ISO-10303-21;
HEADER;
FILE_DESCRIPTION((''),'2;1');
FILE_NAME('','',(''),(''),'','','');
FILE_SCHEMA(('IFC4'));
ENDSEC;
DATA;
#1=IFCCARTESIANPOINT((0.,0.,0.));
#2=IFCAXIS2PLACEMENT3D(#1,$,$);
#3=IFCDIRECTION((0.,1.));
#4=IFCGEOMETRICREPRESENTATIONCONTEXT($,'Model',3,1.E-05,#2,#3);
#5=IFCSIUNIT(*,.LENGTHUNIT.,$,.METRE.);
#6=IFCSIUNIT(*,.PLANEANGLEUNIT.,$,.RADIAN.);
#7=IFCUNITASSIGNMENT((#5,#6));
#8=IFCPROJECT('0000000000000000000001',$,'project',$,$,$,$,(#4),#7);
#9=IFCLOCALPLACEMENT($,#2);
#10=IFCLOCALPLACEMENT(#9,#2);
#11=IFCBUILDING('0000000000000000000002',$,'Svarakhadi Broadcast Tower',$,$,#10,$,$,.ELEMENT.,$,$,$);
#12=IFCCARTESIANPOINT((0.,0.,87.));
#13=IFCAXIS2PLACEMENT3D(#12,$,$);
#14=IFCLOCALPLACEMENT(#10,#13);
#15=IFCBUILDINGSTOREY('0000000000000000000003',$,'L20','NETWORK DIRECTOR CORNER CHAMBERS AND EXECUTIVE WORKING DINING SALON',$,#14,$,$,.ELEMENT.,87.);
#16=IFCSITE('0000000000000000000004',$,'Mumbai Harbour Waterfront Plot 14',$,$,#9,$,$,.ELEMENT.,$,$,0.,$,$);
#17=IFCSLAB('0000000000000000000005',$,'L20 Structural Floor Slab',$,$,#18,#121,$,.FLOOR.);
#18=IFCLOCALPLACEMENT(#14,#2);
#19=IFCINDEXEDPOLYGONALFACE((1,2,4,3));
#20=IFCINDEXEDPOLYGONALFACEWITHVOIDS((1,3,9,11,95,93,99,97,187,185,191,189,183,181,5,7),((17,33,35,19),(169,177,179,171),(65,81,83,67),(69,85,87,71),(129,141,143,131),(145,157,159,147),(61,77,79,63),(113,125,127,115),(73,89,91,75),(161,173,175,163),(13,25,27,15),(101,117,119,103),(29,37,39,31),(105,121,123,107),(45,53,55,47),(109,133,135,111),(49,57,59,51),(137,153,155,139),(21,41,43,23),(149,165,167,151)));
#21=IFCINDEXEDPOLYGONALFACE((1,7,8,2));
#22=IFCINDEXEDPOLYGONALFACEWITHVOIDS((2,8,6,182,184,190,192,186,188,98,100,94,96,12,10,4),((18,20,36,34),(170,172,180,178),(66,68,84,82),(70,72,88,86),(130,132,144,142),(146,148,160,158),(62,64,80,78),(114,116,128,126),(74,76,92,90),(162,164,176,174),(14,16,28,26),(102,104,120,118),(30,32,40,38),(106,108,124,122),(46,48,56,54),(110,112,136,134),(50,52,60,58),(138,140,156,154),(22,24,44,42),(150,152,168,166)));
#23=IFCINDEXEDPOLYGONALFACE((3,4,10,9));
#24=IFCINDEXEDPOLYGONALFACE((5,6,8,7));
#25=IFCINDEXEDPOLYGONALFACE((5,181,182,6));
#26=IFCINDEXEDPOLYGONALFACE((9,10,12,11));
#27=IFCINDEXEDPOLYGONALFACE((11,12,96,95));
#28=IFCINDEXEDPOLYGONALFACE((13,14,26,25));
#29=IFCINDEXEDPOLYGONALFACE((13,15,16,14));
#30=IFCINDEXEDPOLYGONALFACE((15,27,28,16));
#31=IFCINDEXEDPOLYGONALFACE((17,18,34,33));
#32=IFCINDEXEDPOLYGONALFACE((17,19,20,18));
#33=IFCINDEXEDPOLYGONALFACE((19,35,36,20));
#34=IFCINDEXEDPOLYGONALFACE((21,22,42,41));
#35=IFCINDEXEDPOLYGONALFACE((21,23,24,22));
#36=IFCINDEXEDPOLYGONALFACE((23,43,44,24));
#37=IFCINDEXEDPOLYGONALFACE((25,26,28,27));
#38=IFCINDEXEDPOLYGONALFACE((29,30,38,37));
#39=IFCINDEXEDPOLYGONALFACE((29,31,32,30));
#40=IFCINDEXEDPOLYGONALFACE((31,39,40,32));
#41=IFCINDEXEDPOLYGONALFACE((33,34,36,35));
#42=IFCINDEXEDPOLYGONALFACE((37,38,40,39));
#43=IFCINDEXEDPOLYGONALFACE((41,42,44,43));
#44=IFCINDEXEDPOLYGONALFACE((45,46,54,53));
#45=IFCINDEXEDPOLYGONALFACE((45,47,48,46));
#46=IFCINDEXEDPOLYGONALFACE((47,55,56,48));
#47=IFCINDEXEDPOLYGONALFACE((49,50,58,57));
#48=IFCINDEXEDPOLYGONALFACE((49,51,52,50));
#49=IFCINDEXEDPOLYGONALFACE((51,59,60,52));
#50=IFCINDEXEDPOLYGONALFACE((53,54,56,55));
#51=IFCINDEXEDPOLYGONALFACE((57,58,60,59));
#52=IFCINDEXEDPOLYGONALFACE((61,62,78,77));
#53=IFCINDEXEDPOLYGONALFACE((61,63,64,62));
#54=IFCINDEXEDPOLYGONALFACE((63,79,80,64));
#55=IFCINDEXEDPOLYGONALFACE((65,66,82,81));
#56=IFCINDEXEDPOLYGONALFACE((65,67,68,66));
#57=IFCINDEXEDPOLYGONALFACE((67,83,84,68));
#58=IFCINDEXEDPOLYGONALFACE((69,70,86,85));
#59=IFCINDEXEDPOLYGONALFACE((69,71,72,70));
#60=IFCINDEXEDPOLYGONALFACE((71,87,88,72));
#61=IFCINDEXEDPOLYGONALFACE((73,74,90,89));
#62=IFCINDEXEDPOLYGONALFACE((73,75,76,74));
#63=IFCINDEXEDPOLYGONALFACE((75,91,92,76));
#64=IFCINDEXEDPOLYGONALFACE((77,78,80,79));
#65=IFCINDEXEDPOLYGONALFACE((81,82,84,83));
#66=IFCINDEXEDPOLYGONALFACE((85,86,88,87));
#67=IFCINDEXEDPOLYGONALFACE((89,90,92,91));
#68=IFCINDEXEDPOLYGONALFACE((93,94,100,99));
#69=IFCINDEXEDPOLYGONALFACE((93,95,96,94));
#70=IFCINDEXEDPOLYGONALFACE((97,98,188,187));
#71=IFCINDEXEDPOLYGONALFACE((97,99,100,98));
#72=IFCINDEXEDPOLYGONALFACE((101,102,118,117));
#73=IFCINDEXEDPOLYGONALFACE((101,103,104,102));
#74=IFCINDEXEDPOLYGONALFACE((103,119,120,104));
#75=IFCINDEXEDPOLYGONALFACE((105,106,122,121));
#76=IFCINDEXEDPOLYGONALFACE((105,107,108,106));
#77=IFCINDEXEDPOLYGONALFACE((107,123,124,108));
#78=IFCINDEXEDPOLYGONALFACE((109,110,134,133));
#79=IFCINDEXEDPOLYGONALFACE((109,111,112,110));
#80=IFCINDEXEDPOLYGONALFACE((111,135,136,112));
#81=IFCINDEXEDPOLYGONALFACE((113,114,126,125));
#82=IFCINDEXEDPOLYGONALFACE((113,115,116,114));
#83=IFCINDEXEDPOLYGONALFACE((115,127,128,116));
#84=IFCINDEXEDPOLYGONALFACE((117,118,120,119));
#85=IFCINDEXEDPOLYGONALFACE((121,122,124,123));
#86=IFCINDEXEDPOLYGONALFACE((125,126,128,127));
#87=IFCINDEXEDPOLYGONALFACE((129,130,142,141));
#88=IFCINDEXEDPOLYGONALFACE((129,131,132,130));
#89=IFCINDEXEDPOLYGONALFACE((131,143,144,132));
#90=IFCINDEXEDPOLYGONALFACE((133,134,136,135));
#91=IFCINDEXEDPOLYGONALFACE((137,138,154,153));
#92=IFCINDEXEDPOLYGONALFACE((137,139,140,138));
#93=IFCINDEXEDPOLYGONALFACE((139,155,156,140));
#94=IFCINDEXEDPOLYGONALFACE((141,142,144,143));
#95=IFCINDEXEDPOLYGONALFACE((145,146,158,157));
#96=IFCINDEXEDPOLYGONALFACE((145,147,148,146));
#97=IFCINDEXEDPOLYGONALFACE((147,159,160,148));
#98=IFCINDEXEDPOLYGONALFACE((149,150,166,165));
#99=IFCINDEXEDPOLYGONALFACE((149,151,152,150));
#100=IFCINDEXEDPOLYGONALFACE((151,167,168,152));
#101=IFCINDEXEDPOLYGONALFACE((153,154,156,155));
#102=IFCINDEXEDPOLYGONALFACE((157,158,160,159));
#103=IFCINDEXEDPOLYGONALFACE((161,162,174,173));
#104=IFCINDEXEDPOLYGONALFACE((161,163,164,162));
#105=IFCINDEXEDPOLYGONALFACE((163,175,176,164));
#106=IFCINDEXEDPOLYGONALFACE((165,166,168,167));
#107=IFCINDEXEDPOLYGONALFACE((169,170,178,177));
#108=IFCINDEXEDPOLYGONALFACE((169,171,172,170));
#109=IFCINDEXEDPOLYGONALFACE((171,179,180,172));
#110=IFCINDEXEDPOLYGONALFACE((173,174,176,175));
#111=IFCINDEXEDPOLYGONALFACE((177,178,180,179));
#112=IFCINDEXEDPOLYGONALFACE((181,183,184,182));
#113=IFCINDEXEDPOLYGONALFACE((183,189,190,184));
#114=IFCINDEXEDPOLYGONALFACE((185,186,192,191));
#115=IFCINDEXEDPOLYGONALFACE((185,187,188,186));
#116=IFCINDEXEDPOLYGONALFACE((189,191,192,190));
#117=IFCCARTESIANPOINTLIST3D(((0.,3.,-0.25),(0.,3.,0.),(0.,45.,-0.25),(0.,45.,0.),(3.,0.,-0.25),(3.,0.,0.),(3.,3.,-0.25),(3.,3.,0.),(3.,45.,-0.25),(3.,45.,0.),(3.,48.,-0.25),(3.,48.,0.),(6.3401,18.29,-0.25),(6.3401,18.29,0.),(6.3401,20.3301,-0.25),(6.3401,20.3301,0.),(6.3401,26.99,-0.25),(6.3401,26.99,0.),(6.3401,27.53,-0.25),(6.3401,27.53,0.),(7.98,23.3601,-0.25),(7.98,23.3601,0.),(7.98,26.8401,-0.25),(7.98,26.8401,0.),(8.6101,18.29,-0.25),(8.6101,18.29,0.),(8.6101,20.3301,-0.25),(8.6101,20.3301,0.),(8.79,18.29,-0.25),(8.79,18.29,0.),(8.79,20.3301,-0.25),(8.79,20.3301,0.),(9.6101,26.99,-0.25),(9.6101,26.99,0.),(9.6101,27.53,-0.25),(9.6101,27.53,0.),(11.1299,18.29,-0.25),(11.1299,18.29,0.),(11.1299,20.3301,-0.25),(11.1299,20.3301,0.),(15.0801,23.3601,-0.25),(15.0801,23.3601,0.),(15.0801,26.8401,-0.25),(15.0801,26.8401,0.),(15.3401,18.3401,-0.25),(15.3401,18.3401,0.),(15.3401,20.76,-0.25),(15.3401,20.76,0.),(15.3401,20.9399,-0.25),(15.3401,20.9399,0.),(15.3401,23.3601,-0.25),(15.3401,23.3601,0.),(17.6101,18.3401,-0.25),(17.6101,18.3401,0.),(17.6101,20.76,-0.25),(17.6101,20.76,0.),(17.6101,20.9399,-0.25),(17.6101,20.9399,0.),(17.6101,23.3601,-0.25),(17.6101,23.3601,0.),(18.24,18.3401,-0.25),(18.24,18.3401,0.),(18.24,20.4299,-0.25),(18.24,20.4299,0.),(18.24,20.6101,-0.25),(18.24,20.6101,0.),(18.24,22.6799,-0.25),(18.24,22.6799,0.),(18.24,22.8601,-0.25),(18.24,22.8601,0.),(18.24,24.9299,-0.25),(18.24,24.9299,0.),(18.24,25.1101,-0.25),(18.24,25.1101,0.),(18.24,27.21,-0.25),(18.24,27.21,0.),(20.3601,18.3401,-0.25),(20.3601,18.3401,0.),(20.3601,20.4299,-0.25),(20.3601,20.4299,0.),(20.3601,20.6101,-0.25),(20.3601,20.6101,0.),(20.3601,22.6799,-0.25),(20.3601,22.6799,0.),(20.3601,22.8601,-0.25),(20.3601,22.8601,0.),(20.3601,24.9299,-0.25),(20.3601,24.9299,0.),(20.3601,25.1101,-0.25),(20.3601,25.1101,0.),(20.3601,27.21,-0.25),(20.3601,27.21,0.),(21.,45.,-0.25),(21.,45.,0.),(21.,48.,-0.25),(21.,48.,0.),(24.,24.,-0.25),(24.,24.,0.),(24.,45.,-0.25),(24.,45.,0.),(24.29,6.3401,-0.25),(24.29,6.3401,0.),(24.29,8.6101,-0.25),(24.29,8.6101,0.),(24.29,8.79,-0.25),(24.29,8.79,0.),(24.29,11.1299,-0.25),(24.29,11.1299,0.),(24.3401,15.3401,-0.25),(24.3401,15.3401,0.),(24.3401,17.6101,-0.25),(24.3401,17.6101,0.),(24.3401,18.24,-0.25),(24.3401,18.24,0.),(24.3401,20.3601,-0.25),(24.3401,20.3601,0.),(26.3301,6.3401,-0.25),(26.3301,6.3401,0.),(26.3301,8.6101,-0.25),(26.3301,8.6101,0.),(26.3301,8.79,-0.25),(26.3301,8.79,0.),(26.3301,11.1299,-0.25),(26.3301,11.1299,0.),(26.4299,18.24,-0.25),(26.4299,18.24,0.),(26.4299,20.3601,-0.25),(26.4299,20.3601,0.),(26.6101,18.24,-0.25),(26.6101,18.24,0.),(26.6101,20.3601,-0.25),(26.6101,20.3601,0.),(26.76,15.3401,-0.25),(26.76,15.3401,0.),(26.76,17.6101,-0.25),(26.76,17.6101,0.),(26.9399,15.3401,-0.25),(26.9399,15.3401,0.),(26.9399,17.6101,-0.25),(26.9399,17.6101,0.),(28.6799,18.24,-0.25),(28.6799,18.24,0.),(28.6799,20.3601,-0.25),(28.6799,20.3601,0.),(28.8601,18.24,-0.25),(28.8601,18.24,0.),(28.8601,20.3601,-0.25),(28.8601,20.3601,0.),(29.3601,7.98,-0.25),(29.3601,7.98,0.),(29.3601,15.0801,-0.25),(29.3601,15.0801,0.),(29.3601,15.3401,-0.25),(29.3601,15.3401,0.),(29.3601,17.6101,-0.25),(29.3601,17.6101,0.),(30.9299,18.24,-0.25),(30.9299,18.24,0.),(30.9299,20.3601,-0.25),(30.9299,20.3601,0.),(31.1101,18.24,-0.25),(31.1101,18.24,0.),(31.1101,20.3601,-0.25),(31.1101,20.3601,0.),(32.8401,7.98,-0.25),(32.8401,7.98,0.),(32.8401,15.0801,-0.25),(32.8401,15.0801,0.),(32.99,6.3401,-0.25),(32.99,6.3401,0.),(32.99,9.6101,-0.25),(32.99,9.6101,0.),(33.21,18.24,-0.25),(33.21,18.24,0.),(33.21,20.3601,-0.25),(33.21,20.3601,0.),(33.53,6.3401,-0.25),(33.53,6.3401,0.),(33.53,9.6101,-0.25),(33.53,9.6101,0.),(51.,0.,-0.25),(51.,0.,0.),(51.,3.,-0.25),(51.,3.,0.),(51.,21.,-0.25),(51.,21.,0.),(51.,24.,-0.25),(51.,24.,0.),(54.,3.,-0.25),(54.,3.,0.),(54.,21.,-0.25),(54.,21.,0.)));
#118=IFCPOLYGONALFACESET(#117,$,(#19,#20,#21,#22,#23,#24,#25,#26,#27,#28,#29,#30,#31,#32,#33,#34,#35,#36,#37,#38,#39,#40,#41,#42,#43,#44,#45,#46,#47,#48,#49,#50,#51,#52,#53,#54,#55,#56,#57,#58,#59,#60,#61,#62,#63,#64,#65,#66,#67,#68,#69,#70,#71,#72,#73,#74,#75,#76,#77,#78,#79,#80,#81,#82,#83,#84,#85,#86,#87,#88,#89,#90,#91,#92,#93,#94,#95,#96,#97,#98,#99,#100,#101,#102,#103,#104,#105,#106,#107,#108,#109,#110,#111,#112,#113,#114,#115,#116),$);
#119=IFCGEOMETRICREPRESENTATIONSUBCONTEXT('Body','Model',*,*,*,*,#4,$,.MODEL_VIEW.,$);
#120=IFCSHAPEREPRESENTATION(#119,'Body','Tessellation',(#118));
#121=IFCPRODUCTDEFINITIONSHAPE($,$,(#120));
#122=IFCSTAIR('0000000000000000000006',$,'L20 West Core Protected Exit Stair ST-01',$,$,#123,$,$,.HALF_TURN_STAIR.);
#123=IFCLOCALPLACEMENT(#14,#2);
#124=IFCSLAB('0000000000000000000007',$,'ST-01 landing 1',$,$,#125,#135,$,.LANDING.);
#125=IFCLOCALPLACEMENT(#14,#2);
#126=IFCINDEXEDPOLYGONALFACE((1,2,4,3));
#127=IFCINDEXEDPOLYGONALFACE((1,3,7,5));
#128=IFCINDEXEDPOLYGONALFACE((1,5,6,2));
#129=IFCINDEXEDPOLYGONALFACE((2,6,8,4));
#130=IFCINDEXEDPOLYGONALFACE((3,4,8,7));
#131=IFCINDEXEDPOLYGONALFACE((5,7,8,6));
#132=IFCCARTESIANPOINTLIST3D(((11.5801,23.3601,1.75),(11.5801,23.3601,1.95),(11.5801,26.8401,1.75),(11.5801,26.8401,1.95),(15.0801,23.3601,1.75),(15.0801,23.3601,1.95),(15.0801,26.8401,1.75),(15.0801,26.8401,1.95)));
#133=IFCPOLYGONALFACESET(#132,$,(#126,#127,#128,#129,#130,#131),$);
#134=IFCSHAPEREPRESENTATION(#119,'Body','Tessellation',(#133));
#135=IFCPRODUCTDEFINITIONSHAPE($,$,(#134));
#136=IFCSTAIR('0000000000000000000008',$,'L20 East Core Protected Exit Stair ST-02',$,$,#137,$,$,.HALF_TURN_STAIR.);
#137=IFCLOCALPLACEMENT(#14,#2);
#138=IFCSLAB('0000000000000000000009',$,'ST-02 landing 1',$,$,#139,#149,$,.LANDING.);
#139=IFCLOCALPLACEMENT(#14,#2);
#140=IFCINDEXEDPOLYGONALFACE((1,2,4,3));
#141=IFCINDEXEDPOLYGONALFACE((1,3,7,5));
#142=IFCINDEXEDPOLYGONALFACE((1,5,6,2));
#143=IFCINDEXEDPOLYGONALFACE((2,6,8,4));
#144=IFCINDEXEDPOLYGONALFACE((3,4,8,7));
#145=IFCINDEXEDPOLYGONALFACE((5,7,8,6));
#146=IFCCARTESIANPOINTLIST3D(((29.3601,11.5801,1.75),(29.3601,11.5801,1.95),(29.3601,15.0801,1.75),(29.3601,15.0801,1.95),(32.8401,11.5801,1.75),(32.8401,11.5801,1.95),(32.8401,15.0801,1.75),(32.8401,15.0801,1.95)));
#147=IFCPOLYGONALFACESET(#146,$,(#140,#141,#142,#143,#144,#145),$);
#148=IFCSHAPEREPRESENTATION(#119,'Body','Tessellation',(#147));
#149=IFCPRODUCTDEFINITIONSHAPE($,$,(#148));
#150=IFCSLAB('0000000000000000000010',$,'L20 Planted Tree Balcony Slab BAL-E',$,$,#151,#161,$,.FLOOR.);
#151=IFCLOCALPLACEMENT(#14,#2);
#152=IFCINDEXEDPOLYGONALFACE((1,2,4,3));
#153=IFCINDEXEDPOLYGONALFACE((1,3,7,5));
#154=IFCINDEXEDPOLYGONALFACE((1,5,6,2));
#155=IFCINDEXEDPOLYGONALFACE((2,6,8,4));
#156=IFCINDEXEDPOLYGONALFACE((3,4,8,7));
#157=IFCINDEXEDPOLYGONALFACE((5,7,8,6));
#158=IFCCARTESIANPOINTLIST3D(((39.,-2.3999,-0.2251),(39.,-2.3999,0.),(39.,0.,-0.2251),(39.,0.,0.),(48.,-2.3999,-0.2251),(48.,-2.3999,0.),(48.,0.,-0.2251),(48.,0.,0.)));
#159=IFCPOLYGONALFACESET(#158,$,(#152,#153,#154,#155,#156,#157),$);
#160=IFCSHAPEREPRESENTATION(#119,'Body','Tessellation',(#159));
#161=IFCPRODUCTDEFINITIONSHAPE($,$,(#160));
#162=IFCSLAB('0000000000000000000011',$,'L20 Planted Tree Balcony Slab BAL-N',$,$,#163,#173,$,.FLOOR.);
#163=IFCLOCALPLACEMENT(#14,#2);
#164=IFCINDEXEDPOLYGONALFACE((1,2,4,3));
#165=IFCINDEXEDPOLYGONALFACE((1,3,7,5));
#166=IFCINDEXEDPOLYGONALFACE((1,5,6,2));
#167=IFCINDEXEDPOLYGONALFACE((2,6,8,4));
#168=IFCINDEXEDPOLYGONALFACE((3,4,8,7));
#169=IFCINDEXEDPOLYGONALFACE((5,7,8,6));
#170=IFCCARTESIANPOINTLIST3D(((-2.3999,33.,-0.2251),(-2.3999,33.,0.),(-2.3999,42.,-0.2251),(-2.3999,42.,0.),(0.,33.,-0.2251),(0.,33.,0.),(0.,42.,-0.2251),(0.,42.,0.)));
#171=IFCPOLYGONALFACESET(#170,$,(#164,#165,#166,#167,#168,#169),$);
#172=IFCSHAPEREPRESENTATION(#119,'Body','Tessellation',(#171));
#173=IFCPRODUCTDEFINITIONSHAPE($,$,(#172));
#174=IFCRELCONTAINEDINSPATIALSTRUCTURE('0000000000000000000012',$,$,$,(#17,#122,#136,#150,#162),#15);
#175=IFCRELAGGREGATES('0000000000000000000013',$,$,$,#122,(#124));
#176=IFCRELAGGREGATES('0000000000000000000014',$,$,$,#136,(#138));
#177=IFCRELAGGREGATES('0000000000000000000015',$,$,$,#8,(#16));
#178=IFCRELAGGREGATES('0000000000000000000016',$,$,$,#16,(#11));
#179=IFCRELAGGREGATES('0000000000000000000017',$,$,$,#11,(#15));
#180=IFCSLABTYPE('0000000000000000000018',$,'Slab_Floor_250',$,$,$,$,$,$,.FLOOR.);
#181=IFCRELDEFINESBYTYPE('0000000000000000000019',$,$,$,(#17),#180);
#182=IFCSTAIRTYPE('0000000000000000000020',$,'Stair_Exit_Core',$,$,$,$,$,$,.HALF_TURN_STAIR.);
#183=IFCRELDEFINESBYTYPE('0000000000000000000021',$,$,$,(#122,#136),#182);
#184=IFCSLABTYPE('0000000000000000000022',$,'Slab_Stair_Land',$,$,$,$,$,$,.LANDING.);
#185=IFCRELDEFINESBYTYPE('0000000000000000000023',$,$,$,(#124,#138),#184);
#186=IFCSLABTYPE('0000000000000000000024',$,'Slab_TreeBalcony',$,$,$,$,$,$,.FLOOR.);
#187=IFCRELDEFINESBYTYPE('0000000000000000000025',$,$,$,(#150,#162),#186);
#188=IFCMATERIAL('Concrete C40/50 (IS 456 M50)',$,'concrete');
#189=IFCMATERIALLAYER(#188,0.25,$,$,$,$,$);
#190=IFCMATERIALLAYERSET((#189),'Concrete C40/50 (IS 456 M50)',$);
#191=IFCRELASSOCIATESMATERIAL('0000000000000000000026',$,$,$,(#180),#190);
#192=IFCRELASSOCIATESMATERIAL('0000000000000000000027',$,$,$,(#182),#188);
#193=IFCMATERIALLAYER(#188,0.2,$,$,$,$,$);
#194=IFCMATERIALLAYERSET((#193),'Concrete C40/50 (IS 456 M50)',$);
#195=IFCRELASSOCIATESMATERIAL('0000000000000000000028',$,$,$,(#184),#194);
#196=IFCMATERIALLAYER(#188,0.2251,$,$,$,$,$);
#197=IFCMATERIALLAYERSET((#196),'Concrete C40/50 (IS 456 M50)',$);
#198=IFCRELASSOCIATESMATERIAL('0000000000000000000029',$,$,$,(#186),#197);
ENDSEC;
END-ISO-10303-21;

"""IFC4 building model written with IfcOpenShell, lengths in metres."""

from ifc_helpers import new_model, si_unit, direction, frame, origin, place, context, subcontext, project, spatial, polyline, outline, extrude, material, layer, layer_set, type_object, element, aggregate, save


model = new_model("IFC4")

# Units and contexts
model_context = context("Model", 3, precision=1e-05, world=origin(), true_north=direction((0.0, 1.0)))
body_context = subcontext(model_context, "Body", "Model", "MODEL_VIEW")
ifc_project = project(units=[si_unit("LENGTHUNIT", "METRE"), si_unit("PLANEANGLEUNIT", "RADIAN")], contexts=[model_context])

# Site, building, storey
site_placement = place(None, origin())
site = spatial("IfcSite", under=ifc_project, at=site_placement, Name="Mumbai Harbour Waterfront Plot 14", CompositionType="ELEMENT", RefElevation=0.0)
building_placement = place(site_placement, origin())
building = spatial("IfcBuilding", under=site, at=building_placement, Name="Svarakhadi Broadcast Tower", CompositionType="ELEMENT")
storey_placement = place(building_placement, frame((0.0, 0.0, 87.0)))
storey = spatial("IfcBuildingStorey", under=building, at=storey_placement, Name="L20", Description="NETWORK DIRECTOR CORNER CHAMBERS AND EXECUTIVE WORKING DINING SALON", CompositionType="ELEMENT", Elevation=87.0)

# Slab
ifc_material_1 = material(Name="Concrete C40/50 (IS 456 M50)", Category="concrete")
ifc_layer_1 = layer(ifc_material_1, 0.25)
ifc_layer_set_1 = layer_set([ifc_layer_1], Name="Concrete C40/50 (IS 456 M50)")
slab_type_1 = type_object("IfcSlabType", Name="Slab_Floor_250", PredefinedType="FLOOR", material=ifc_layer_set_1)
slab_1_placement = place(storey_placement, frame((0.0, 0.0, -0.25)))
element("IfcSlab", 1, at=slab_1_placement, inside=storey, type_object=slab_type_1, Name="L20 Structural Floor Slab", PredefinedType="FLOOR", context=body_context, shape_type="SweptSolid", body=[
    extrude(outline(polyline([(3.0, 0.0), (51.0, 0.0), (51.0, 3.0), (54.0, 3.0), (54.0, 21.0), (51.0, 21.0), (51.0, 24.0), (24.0, 24.0), (24.0, 45.0), (21.0, 45.0), (21.0, 48.0), (3.0, 48.0), (3.0, 45.0), (0.0, 45.0), (0.0, 3.0), (3.0, 3.0), (3.0, 0.0)]), holes=[polyline([(7.98, 23.3601), (15.0801, 23.3601), (15.0801, 26.8401), (7.98, 26.8401), (7.98, 23.3601)]), polyline([(32.8401, 7.98), (32.8401, 15.0801), (29.3601, 15.0801), (29.3601, 7.98), (32.8401, 7.98)]), polyline([(6.3401, 18.29), (8.6101, 18.29), (8.6101, 20.3301), (6.3401, 20.3301), (6.3401, 18.29)]), polyline([(8.79, 18.29), (11.1299, 18.29), (11.1299, 20.3301), (8.79, 20.3301), (8.79, 18.29)]), polyline([(24.29, 6.3401), (26.3301, 6.3401), (26.3301, 8.6101), (24.29, 8.6101), (24.29, 6.3401)]), polyline([(24.29, 8.79), (26.3301, 8.79), (26.3301, 11.1299), (24.29, 11.1299), (24.29, 8.79)]), polyline([(6.3401, 26.99), (9.6101, 26.99), (9.6101, 27.53), (6.3401, 27.53), (6.3401, 26.99)]), polyline([(32.99, 6.3401), (33.53, 6.3401), (33.53, 9.6101), (32.99, 9.6101), (32.99, 6.3401)]), polyline([(15.3401, 18.3401), (17.6101, 18.3401), (17.6101, 20.76), (15.3401, 20.76), (15.3401, 18.3401)]), polyline([(15.3401, 20.9399), (17.6101, 20.9399), (17.6101, 23.3601), (15.3401, 23.3601), (15.3401, 20.9399)]), polyline([(24.3401, 15.3401), (26.76, 15.3401), (26.76, 17.6101), (24.3401, 17.6101), (24.3401, 15.3401)]), polyline([(26.9399, 15.3401), (29.3601, 15.3401), (29.3601, 17.6101), (26.9399, 17.6101), (26.9399, 15.3401)]), polyline([(18.24, 18.3401), (20.3601, 18.3401), (20.3601, 20.4299), (18.24, 20.4299), (18.24, 18.3401)]), polyline([(18.24, 20.6101), (20.3601, 20.6101), (20.3601, 22.6799), (18.24, 22.6799), (18.24, 20.6101)]), polyline([(18.24, 22.8601), (20.3601, 22.8601), (20.3601, 24.9299), (18.24, 24.9299), (18.24, 22.8601)]), polyline([(18.24, 25.1101), (20.3601, 25.1101), (20.3601, 27.21), (18.24, 27.21), (18.24, 25.1101)]), polyline([(24.3401, 18.24), (26.4299, 18.24), (26.4299, 20.3601), (24.3401, 20.3601), (24.3401, 18.24)]), polyline([(26.6101, 18.24), (28.6799, 18.24), (28.6799, 20.3601), (26.6101, 20.3601), (26.6101, 18.24)]), polyline([(28.8601, 18.24), (30.9299, 18.24), (30.9299, 20.3601), (28.8601, 20.3601), (28.8601, 18.24)]), polyline([(31.1101, 18.24), (33.21, 18.24), (33.21, 20.3601), (31.1101, 20.3601), (31.1101, 18.24)])]), origin(), (0.0, 0.0, 1.0), 0.25),
])

# Stairs, slabs
stair_type = type_object("IfcStairType", Name="Stair_Exit_Core", PredefinedType="HALF_TURN_STAIR", material=ifc_material_1)
stair_1_placement = place(storey_placement, origin())
stair_1 = element("IfcStair", 2, at=stair_1_placement, inside=storey, type_object=stair_type, Name="L20 West Core Protected Exit Stair ST-01", PredefinedType="HALF_TURN_STAIR")
ifc_layer_2 = layer(ifc_material_1, 0.2)
ifc_layer_set_2 = layer_set([ifc_layer_2], Name="Concrete C40/50 (IS 456 M50)")
slab_type_2 = type_object("IfcSlabType", Name="Slab_Stair_Land", PredefinedType="LANDING", material=ifc_layer_set_2)
slab_2_placement = place(storey_placement, frame((0.0, 0.0, 1.75)))
slab_2 = element("IfcSlab", 3, at=slab_2_placement, type_object=slab_type_2, Name="ST-01 landing 1", PredefinedType="LANDING", context=body_context, shape_type="SweptSolid", body=[
    extrude(outline(polyline([(11.5801, 23.3601), (15.0801, 23.3601), (15.0801, 26.8401), (11.5801, 26.8401), (11.5801, 23.3601)])), origin(), (0.0, 0.0, 1.0), 0.2),
])
aggregate(stair_1, [slab_2])
stair_2_placement = place(storey_placement, origin())
stair_2 = element("IfcStair", 4, at=stair_2_placement, inside=storey, type_object=stair_type, Name="L20 East Core Protected Exit Stair ST-02", PredefinedType="HALF_TURN_STAIR")
slab_3_placement = place(storey_placement, frame((0.0, 0.0, 1.75)))
slab_3 = element("IfcSlab", 5, at=slab_3_placement, type_object=slab_type_2, Name="ST-02 landing 1", PredefinedType="LANDING", context=body_context, shape_type="SweptSolid", body=[
    extrude(outline(polyline([(32.8401, 11.5801), (32.8401, 15.0801), (29.3601, 15.0801), (29.3601, 11.5801), (32.8401, 11.5801)])), origin(), (0.0, 0.0, 1.0), 0.2),
])
aggregate(stair_2, [slab_3])

# Slabs
ifc_layer_3 = layer(ifc_material_1, 0.2251)
ifc_layer_set_3 = layer_set([ifc_layer_3], Name="Concrete C40/50 (IS 456 M50)")
slab_type_3 = type_object("IfcSlabType", Name="Slab_TreeBalcony", PredefinedType="FLOOR", material=ifc_layer_set_3)
slab_4_placement = place(storey_placement, frame((0.0, 0.0, -0.2251)))
element("IfcSlab", 6, at=slab_4_placement, inside=storey, type_object=slab_type_3, Name="L20 Planted Tree Balcony Slab BAL-E", PredefinedType="FLOOR", context=body_context, shape_type="SweptSolid", body=[
    extrude(outline(polyline([(39.0, -2.3999), (48.0, -2.3999), (48.0, 0.0), (39.0, 0.0), (39.0, -2.3999)])), origin(), (0.0, 0.0, 1.0), 0.2251),
])
slab_5_placement = place(storey_placement, frame((0.0, 0.0, -0.2251)))
element("IfcSlab", 7, at=slab_5_placement, inside=storey, type_object=slab_type_3, Name="L20 Planted Tree Balcony Slab BAL-N", PredefinedType="FLOOR", context=body_context, shape_type="SweptSolid", body=[
    extrude(outline(polyline([(-2.3999, 33.0), (0.0, 33.0), (0.0, 42.0), (-2.3999, 42.0), (-2.3999, 33.0)])), origin(), (0.0, 0.0, 1.0), 0.2251),
])

save(model, "model.ifc")
